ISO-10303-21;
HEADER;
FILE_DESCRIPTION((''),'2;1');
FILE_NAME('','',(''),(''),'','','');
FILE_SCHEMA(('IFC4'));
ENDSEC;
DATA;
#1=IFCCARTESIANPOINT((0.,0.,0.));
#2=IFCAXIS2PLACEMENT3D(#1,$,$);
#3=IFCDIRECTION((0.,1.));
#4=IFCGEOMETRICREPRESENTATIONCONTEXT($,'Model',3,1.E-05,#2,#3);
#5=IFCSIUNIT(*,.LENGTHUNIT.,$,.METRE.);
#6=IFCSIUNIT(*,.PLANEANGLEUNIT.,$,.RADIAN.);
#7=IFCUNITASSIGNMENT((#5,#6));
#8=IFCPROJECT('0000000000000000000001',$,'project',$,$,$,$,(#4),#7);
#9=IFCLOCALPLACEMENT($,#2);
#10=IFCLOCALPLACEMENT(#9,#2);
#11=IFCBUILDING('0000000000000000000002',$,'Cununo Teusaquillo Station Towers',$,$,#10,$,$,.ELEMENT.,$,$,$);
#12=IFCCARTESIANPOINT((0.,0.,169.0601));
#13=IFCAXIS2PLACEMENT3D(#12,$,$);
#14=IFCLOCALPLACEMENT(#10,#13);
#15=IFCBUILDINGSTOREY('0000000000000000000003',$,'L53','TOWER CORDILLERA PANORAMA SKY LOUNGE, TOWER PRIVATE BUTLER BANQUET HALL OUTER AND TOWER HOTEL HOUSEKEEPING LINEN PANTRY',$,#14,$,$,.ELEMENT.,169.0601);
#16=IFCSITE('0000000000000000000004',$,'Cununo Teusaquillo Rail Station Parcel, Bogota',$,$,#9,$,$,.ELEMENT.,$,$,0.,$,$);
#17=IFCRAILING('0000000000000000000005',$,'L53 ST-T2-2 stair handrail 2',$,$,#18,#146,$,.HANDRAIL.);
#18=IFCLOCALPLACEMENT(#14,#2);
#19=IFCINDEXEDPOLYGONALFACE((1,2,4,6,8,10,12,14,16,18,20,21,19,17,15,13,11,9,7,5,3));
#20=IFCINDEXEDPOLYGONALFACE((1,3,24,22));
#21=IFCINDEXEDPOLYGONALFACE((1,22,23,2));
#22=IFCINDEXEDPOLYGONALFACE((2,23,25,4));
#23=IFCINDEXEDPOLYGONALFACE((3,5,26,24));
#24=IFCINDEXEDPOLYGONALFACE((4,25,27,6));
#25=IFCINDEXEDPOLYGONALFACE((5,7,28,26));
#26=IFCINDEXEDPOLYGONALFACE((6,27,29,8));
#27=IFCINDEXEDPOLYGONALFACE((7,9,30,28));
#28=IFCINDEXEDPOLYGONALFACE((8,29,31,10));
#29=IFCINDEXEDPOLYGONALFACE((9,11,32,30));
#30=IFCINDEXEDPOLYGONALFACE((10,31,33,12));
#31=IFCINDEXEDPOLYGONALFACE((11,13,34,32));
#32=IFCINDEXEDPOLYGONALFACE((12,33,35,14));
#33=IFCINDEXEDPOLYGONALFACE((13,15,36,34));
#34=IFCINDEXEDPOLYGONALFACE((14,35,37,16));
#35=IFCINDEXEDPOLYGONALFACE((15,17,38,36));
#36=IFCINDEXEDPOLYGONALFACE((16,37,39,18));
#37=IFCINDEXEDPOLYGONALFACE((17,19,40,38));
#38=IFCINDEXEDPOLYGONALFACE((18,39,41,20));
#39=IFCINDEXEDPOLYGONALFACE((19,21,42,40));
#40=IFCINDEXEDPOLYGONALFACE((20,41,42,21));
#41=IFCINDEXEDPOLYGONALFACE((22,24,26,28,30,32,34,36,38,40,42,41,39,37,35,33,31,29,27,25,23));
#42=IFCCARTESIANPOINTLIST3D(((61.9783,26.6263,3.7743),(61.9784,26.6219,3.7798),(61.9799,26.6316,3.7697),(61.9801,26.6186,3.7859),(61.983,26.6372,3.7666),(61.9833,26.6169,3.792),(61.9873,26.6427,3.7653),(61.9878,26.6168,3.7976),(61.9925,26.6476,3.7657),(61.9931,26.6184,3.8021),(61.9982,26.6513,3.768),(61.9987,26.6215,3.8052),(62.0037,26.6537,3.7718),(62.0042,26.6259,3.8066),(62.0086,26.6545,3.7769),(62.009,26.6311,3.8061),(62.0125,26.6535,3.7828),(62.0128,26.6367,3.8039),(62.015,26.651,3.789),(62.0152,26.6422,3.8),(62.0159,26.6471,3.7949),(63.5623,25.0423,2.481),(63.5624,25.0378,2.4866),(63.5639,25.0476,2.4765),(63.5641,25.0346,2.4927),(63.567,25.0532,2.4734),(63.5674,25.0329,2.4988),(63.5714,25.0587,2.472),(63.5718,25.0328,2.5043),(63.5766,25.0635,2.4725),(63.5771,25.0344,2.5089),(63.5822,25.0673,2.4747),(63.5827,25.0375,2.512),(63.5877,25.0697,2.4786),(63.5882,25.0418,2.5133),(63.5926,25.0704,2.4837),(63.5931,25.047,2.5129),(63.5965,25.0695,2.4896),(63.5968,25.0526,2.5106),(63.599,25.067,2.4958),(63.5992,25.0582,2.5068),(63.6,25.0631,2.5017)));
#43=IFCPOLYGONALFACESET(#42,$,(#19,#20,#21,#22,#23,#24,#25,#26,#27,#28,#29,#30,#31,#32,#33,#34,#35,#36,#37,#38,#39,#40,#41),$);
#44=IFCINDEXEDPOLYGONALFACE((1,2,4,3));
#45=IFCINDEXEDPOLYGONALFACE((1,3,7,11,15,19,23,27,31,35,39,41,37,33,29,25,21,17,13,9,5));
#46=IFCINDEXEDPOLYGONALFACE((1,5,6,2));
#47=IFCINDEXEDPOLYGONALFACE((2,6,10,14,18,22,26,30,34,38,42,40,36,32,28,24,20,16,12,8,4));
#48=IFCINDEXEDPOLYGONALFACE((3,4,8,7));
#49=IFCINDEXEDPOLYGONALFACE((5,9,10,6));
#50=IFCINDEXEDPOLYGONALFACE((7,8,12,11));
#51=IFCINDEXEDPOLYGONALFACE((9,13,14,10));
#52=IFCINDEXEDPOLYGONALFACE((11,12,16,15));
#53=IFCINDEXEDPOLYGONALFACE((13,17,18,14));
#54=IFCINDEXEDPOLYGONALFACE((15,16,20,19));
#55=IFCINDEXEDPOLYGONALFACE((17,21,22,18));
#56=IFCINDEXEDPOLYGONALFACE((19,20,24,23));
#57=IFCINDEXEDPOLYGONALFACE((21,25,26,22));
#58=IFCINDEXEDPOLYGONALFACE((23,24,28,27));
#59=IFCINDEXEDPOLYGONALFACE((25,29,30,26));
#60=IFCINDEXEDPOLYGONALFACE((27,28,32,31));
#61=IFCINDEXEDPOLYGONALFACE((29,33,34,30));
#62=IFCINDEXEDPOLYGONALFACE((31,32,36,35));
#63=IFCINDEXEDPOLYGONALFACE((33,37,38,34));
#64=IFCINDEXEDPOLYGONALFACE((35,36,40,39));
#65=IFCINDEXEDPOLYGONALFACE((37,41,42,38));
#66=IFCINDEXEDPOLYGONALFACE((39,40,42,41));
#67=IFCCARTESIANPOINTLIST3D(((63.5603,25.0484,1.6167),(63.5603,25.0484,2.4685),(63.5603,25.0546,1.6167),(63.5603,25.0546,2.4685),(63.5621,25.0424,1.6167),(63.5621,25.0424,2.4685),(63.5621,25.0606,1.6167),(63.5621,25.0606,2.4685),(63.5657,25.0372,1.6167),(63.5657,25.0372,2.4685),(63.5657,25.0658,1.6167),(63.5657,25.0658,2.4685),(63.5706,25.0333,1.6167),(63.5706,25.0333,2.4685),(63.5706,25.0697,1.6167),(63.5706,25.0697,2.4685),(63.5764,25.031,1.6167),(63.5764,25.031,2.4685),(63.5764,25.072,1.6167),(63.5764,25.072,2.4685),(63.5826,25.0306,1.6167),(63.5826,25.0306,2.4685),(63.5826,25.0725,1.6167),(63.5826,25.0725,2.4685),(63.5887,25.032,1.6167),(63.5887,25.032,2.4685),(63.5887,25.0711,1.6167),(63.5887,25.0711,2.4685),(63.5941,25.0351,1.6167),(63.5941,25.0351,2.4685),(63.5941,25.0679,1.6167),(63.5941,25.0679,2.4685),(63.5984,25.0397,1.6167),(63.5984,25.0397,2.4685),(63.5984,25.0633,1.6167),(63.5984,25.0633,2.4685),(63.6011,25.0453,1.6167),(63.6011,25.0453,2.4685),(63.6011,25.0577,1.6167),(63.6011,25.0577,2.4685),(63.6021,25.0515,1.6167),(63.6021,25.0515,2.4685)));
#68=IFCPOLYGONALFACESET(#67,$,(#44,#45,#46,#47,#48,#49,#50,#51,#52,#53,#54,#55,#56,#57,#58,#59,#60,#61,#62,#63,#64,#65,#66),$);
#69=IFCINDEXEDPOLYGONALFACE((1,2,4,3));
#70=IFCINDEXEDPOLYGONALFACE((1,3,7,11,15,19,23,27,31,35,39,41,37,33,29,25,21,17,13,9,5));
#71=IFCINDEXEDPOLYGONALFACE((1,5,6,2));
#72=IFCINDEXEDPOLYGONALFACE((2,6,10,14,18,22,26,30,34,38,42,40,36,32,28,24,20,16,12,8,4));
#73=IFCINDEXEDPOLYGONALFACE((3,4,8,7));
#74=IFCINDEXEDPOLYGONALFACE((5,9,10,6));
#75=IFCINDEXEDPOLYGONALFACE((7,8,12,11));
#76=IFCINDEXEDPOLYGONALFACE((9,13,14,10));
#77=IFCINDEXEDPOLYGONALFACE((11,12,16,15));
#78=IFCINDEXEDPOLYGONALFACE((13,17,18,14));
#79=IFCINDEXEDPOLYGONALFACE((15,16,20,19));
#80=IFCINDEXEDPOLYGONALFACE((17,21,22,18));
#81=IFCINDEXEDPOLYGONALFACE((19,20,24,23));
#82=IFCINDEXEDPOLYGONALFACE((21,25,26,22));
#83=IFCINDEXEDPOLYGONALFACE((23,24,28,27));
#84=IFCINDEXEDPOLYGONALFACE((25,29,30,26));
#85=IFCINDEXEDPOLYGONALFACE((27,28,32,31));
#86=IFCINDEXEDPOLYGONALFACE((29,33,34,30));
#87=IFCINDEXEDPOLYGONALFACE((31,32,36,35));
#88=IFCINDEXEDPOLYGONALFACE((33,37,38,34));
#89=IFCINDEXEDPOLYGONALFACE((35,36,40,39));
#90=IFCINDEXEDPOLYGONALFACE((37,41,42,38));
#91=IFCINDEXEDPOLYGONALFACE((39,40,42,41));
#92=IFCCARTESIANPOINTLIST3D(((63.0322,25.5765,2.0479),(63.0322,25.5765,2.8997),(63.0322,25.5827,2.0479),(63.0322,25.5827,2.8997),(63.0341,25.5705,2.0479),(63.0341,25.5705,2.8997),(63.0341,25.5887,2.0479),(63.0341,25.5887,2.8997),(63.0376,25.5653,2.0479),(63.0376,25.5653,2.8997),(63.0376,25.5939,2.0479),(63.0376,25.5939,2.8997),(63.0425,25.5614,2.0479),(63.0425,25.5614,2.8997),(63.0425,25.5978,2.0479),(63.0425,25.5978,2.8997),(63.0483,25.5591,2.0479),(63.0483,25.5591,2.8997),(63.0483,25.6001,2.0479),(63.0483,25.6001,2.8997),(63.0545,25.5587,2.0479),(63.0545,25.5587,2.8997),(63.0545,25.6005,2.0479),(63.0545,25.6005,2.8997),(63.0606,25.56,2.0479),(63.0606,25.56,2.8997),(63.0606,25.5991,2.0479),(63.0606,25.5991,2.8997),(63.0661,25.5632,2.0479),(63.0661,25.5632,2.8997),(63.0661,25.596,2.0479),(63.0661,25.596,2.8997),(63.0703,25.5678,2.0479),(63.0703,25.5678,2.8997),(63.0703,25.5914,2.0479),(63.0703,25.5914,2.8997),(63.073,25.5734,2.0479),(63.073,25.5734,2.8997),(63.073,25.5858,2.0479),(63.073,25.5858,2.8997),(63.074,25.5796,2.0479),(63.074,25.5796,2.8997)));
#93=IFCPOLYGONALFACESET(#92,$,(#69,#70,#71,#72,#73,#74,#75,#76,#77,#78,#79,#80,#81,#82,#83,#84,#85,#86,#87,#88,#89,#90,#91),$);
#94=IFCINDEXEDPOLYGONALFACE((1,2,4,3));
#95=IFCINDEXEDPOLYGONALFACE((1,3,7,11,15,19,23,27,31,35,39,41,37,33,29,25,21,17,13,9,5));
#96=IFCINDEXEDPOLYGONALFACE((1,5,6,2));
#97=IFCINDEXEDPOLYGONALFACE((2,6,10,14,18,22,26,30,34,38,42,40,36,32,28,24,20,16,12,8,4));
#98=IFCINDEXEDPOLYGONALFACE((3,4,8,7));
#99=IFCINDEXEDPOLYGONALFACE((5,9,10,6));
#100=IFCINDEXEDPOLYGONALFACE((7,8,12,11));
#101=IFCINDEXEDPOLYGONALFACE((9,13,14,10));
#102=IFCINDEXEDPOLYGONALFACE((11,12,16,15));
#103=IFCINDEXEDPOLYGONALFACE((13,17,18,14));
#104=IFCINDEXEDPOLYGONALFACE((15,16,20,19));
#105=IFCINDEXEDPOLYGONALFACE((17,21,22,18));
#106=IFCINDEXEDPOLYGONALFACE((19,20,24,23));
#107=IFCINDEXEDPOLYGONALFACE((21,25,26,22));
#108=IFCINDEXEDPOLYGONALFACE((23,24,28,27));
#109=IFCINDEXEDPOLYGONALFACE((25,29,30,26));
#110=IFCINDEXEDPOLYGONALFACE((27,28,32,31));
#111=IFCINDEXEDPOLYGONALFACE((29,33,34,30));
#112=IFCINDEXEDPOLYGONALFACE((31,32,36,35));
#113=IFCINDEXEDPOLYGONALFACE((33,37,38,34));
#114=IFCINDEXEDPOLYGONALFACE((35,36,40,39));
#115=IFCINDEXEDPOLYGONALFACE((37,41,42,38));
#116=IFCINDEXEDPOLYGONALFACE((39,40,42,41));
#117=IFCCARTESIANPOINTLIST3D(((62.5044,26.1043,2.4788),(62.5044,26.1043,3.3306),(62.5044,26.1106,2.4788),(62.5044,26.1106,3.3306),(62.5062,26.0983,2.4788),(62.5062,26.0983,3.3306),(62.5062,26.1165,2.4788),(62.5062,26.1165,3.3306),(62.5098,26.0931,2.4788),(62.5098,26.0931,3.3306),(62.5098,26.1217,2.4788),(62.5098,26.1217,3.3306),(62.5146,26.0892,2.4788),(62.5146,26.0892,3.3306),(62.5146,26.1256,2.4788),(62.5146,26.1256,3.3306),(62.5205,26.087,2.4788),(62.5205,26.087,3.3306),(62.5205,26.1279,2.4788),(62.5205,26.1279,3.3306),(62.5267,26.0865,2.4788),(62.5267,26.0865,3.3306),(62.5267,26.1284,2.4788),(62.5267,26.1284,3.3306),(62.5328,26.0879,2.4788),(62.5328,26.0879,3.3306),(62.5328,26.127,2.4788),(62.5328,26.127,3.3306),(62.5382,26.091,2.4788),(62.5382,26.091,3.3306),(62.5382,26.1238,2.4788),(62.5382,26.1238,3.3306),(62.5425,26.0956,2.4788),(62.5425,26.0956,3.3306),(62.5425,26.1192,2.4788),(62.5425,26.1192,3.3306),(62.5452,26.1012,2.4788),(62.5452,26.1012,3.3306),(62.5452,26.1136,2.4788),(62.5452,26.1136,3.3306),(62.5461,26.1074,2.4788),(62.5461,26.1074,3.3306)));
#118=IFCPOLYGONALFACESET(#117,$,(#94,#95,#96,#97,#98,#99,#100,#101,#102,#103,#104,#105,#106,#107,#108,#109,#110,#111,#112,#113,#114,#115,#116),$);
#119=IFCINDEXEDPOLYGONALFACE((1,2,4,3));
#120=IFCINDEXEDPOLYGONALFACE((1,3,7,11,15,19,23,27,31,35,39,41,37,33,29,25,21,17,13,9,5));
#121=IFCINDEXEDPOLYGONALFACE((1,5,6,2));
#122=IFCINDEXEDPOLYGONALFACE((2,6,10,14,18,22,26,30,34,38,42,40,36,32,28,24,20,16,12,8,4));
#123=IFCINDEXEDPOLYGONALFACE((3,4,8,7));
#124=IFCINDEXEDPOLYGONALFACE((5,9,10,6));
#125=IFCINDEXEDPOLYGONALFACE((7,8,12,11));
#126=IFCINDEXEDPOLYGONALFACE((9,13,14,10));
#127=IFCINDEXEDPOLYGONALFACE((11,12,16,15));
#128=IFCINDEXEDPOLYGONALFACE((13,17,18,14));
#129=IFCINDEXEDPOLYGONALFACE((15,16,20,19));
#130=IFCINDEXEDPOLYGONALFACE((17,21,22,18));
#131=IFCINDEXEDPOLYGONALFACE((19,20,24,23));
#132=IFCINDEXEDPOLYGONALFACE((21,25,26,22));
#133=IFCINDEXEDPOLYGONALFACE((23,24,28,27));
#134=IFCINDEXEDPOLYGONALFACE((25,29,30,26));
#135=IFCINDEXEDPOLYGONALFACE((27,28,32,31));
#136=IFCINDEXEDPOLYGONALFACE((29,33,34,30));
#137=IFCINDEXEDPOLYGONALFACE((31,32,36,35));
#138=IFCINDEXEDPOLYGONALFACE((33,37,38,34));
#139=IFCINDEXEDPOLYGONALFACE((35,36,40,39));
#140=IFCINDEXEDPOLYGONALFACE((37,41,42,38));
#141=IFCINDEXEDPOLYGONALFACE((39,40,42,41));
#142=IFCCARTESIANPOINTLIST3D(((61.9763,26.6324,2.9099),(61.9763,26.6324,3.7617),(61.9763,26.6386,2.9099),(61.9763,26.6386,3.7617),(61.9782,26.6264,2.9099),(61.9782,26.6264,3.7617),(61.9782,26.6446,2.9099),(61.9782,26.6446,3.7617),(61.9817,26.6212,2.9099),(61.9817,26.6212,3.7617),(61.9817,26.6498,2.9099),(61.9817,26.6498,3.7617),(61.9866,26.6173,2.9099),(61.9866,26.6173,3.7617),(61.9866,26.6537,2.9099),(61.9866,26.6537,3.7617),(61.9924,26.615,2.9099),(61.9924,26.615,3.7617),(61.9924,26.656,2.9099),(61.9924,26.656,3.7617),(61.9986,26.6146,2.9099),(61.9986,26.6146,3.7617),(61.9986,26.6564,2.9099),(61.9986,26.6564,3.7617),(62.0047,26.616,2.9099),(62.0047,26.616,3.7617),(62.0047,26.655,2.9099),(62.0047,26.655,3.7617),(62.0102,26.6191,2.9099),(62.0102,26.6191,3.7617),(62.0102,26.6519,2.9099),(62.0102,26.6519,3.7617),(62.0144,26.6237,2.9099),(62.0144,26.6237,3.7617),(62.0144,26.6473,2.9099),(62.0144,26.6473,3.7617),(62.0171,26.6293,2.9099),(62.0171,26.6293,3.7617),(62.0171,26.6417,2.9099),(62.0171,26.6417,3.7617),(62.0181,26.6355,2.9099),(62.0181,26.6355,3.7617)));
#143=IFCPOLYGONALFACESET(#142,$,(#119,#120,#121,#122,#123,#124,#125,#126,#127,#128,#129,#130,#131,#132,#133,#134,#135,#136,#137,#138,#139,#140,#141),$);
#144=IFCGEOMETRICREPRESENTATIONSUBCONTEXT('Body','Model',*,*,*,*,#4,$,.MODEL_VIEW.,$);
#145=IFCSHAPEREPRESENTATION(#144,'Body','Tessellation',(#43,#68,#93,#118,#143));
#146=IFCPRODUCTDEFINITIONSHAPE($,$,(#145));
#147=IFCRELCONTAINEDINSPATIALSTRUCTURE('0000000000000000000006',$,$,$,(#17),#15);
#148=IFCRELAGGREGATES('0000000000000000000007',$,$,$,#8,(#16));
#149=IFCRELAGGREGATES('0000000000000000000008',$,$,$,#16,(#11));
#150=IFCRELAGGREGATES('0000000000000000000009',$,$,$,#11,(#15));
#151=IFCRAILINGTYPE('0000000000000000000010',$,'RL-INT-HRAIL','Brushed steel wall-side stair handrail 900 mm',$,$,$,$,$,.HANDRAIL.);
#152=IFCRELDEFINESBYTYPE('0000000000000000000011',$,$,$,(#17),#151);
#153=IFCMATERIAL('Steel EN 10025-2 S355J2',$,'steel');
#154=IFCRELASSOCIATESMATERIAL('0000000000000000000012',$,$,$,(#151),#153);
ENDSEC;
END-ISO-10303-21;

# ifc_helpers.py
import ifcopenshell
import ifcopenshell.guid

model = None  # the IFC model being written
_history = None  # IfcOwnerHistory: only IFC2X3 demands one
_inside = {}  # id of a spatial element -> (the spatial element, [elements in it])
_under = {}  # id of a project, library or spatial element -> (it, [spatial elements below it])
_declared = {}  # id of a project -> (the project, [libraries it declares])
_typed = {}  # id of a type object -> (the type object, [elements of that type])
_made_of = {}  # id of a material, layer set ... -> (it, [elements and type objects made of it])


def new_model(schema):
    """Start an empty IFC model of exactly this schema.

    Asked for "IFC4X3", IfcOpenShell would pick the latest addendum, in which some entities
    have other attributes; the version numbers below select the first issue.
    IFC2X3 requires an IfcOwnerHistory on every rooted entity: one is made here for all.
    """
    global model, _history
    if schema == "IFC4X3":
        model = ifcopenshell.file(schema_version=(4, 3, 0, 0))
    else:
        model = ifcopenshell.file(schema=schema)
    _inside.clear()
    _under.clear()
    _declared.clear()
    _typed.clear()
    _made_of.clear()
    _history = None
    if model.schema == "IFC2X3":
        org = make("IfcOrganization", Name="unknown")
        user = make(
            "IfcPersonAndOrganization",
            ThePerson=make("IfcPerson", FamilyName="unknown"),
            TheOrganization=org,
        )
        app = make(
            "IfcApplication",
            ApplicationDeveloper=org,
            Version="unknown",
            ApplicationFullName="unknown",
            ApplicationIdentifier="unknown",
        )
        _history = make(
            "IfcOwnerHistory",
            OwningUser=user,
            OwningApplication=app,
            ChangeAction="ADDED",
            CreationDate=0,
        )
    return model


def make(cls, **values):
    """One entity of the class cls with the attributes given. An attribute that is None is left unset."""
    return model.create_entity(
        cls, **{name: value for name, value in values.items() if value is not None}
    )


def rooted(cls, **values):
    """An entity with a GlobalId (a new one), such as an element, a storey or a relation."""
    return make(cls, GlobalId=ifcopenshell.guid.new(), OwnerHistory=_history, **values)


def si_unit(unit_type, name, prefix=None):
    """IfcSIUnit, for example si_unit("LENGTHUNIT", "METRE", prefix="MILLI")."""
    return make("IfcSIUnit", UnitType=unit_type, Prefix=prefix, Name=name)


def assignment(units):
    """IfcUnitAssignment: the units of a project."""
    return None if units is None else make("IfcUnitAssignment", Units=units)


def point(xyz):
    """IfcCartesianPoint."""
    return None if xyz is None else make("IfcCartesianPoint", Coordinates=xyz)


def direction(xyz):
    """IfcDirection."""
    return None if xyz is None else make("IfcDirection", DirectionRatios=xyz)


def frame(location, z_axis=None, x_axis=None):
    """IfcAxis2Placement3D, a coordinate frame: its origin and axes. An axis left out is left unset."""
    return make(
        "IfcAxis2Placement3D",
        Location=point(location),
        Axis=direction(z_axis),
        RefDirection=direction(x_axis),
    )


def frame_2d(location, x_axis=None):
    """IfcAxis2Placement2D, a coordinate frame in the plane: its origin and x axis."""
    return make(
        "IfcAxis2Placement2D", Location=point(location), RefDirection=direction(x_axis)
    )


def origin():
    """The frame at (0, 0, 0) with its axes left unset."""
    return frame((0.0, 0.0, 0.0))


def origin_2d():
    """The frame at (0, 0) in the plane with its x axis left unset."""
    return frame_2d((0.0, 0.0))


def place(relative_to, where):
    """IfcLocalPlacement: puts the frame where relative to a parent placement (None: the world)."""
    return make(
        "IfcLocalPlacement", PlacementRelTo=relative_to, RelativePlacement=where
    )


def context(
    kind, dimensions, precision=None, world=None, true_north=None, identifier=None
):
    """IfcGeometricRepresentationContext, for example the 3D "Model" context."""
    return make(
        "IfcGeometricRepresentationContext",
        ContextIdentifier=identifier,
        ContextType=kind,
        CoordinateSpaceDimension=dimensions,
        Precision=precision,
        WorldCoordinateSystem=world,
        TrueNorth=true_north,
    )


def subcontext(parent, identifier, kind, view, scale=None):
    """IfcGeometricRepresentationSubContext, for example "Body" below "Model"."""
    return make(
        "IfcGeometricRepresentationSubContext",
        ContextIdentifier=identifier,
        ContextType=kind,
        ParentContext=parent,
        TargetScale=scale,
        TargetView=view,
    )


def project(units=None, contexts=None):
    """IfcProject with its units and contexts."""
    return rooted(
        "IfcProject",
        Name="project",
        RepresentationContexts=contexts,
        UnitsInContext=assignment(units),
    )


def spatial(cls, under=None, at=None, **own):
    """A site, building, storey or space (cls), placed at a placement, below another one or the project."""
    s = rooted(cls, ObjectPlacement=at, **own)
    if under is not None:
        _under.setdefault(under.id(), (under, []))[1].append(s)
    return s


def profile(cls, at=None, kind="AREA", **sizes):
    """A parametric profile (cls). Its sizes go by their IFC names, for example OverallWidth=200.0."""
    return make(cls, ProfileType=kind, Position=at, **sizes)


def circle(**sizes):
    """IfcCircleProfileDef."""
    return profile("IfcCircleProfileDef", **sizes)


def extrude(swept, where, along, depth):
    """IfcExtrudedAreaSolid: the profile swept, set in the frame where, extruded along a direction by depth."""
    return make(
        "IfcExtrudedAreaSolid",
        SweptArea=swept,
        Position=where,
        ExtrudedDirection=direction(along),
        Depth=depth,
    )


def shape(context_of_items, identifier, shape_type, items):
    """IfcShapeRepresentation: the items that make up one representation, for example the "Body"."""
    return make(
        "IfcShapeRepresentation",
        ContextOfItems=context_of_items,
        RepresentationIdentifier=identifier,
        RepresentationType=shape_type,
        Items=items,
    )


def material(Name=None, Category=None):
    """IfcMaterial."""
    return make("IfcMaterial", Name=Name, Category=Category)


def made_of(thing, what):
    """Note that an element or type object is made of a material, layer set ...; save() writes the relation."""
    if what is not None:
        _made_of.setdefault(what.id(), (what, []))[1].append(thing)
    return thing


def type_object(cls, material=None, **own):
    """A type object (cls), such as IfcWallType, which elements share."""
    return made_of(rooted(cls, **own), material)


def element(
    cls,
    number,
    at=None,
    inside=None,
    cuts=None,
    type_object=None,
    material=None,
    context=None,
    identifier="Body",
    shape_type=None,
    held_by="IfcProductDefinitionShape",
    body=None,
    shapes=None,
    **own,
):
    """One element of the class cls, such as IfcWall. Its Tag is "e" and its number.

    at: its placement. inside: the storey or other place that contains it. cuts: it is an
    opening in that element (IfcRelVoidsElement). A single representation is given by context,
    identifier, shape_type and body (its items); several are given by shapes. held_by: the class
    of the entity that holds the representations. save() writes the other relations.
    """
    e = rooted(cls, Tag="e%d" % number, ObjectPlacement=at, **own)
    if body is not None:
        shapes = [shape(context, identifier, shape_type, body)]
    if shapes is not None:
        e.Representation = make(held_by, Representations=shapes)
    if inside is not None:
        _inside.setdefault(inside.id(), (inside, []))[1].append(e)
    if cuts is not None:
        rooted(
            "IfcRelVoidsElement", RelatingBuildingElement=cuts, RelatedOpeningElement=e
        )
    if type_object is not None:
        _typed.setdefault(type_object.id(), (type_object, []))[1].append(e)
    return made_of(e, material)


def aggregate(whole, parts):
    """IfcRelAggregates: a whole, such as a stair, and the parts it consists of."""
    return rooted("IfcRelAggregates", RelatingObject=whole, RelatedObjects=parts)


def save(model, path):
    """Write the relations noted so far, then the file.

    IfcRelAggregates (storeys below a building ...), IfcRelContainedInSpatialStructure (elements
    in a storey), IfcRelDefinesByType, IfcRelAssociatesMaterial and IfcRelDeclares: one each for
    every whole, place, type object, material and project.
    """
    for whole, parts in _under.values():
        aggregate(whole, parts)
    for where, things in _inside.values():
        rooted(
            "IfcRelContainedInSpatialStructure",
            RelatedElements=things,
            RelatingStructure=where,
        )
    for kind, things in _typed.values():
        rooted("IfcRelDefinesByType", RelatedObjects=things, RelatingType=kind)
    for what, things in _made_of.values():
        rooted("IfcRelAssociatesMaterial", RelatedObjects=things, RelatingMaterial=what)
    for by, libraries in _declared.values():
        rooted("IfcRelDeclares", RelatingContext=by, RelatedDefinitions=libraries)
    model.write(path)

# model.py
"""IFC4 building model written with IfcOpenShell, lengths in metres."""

from ifc_helpers import new_model, si_unit, direction, frame, origin, origin_2d, place, context, subcontext, project, spatial, circle, extrude, material, type_object, element, save


model = new_model("IFC4")

# Units and contexts
model_context = context("Model", 3, precision=1e-05, world=origin(), true_north=direction((0.0, 1.0)))
body_context = subcontext(model_context, "Body", "Model", "MODEL_VIEW")
ifc_project = project(units=[si_unit("LENGTHUNIT", "METRE"), si_unit("PLANEANGLEUNIT", "RADIAN")], contexts=[model_context])

# Site, building, storey
site_placement = place(None, origin())
site = spatial("IfcSite", under=ifc_project, at=site_placement, Name="Cununo Teusaquillo Rail Station Parcel, Bogota", CompositionType="ELEMENT", RefElevation=0.0)
building_placement = place(site_placement, origin())
building = spatial("IfcBuilding", under=site, at=building_placement, Name="Cununo Teusaquillo Station Towers", CompositionType="ELEMENT")
storey_placement = place(building_placement, frame((0.0, 0.0, 169.0601)))
storey = spatial("IfcBuildingStorey", under=building, at=storey_placement, Name="L53", Description="TOWER CORDILLERA PANORAMA SKY LOUNGE, TOWER PRIVATE BUTLER BANQUET HALL OUTER AND TOWER HOTEL HOUSEKEEPING LINEN PANTRY", CompositionType="ELEMENT", Elevation=169.0601)

# Railing
ifc_material_1 = material(Name="Steel EN 10025-2 S355J2", Category="steel")
railing_type_1 = type_object("IfcRailingType", Name="RL-INT-HRAIL", Description="Brushed steel wall-side stair handrail 900 mm", PredefinedType="HANDRAIL", material=ifc_material_1)
railing_1_placement = place(storey_placement, frame((63.5811, 25.0515, 1.6167)))
element("IfcRailing", 1, at=railing_1_placement, inside=storey, type_object=railing_type_1, Name="L53 ST-T2-2 stair handrail 2", PredefinedType="HANDRAIL", context=body_context, shape_type="SweptSolid", body=[
    extrude(circle(Radius=0.0239, at=origin_2d()), frame((0.0, 0.0, 0.876), z_axis=(-0.612385, 0.612385, 0.49997), x_axis=(-0.707107, -0.707107, 0.0)), (0.0, 0.0, 1.0), 2.5867),
    extrude(circle(Radius=0.021, at=origin_2d()), origin(), (0.0, 0.0, 1.0), 0.8518),
    extrude(circle(Radius=0.021, at=origin_2d()), frame((-0.5281, 0.5281, 0.4312)), (0.0, 0.0, 1.0), 0.8518),
    extrude(circle(Radius=0.021, at=origin_2d()), frame((-1.0559, 1.0559, 0.8621)), (0.0, 0.0, 1.0), 0.8518),
    extrude(circle(Radius=0.021, at=origin_2d()), frame((-1.584, 1.584, 1.2932)), (0.0, 0.0, 1.0), 0.8518),
])

save(model, "model.ifc")
